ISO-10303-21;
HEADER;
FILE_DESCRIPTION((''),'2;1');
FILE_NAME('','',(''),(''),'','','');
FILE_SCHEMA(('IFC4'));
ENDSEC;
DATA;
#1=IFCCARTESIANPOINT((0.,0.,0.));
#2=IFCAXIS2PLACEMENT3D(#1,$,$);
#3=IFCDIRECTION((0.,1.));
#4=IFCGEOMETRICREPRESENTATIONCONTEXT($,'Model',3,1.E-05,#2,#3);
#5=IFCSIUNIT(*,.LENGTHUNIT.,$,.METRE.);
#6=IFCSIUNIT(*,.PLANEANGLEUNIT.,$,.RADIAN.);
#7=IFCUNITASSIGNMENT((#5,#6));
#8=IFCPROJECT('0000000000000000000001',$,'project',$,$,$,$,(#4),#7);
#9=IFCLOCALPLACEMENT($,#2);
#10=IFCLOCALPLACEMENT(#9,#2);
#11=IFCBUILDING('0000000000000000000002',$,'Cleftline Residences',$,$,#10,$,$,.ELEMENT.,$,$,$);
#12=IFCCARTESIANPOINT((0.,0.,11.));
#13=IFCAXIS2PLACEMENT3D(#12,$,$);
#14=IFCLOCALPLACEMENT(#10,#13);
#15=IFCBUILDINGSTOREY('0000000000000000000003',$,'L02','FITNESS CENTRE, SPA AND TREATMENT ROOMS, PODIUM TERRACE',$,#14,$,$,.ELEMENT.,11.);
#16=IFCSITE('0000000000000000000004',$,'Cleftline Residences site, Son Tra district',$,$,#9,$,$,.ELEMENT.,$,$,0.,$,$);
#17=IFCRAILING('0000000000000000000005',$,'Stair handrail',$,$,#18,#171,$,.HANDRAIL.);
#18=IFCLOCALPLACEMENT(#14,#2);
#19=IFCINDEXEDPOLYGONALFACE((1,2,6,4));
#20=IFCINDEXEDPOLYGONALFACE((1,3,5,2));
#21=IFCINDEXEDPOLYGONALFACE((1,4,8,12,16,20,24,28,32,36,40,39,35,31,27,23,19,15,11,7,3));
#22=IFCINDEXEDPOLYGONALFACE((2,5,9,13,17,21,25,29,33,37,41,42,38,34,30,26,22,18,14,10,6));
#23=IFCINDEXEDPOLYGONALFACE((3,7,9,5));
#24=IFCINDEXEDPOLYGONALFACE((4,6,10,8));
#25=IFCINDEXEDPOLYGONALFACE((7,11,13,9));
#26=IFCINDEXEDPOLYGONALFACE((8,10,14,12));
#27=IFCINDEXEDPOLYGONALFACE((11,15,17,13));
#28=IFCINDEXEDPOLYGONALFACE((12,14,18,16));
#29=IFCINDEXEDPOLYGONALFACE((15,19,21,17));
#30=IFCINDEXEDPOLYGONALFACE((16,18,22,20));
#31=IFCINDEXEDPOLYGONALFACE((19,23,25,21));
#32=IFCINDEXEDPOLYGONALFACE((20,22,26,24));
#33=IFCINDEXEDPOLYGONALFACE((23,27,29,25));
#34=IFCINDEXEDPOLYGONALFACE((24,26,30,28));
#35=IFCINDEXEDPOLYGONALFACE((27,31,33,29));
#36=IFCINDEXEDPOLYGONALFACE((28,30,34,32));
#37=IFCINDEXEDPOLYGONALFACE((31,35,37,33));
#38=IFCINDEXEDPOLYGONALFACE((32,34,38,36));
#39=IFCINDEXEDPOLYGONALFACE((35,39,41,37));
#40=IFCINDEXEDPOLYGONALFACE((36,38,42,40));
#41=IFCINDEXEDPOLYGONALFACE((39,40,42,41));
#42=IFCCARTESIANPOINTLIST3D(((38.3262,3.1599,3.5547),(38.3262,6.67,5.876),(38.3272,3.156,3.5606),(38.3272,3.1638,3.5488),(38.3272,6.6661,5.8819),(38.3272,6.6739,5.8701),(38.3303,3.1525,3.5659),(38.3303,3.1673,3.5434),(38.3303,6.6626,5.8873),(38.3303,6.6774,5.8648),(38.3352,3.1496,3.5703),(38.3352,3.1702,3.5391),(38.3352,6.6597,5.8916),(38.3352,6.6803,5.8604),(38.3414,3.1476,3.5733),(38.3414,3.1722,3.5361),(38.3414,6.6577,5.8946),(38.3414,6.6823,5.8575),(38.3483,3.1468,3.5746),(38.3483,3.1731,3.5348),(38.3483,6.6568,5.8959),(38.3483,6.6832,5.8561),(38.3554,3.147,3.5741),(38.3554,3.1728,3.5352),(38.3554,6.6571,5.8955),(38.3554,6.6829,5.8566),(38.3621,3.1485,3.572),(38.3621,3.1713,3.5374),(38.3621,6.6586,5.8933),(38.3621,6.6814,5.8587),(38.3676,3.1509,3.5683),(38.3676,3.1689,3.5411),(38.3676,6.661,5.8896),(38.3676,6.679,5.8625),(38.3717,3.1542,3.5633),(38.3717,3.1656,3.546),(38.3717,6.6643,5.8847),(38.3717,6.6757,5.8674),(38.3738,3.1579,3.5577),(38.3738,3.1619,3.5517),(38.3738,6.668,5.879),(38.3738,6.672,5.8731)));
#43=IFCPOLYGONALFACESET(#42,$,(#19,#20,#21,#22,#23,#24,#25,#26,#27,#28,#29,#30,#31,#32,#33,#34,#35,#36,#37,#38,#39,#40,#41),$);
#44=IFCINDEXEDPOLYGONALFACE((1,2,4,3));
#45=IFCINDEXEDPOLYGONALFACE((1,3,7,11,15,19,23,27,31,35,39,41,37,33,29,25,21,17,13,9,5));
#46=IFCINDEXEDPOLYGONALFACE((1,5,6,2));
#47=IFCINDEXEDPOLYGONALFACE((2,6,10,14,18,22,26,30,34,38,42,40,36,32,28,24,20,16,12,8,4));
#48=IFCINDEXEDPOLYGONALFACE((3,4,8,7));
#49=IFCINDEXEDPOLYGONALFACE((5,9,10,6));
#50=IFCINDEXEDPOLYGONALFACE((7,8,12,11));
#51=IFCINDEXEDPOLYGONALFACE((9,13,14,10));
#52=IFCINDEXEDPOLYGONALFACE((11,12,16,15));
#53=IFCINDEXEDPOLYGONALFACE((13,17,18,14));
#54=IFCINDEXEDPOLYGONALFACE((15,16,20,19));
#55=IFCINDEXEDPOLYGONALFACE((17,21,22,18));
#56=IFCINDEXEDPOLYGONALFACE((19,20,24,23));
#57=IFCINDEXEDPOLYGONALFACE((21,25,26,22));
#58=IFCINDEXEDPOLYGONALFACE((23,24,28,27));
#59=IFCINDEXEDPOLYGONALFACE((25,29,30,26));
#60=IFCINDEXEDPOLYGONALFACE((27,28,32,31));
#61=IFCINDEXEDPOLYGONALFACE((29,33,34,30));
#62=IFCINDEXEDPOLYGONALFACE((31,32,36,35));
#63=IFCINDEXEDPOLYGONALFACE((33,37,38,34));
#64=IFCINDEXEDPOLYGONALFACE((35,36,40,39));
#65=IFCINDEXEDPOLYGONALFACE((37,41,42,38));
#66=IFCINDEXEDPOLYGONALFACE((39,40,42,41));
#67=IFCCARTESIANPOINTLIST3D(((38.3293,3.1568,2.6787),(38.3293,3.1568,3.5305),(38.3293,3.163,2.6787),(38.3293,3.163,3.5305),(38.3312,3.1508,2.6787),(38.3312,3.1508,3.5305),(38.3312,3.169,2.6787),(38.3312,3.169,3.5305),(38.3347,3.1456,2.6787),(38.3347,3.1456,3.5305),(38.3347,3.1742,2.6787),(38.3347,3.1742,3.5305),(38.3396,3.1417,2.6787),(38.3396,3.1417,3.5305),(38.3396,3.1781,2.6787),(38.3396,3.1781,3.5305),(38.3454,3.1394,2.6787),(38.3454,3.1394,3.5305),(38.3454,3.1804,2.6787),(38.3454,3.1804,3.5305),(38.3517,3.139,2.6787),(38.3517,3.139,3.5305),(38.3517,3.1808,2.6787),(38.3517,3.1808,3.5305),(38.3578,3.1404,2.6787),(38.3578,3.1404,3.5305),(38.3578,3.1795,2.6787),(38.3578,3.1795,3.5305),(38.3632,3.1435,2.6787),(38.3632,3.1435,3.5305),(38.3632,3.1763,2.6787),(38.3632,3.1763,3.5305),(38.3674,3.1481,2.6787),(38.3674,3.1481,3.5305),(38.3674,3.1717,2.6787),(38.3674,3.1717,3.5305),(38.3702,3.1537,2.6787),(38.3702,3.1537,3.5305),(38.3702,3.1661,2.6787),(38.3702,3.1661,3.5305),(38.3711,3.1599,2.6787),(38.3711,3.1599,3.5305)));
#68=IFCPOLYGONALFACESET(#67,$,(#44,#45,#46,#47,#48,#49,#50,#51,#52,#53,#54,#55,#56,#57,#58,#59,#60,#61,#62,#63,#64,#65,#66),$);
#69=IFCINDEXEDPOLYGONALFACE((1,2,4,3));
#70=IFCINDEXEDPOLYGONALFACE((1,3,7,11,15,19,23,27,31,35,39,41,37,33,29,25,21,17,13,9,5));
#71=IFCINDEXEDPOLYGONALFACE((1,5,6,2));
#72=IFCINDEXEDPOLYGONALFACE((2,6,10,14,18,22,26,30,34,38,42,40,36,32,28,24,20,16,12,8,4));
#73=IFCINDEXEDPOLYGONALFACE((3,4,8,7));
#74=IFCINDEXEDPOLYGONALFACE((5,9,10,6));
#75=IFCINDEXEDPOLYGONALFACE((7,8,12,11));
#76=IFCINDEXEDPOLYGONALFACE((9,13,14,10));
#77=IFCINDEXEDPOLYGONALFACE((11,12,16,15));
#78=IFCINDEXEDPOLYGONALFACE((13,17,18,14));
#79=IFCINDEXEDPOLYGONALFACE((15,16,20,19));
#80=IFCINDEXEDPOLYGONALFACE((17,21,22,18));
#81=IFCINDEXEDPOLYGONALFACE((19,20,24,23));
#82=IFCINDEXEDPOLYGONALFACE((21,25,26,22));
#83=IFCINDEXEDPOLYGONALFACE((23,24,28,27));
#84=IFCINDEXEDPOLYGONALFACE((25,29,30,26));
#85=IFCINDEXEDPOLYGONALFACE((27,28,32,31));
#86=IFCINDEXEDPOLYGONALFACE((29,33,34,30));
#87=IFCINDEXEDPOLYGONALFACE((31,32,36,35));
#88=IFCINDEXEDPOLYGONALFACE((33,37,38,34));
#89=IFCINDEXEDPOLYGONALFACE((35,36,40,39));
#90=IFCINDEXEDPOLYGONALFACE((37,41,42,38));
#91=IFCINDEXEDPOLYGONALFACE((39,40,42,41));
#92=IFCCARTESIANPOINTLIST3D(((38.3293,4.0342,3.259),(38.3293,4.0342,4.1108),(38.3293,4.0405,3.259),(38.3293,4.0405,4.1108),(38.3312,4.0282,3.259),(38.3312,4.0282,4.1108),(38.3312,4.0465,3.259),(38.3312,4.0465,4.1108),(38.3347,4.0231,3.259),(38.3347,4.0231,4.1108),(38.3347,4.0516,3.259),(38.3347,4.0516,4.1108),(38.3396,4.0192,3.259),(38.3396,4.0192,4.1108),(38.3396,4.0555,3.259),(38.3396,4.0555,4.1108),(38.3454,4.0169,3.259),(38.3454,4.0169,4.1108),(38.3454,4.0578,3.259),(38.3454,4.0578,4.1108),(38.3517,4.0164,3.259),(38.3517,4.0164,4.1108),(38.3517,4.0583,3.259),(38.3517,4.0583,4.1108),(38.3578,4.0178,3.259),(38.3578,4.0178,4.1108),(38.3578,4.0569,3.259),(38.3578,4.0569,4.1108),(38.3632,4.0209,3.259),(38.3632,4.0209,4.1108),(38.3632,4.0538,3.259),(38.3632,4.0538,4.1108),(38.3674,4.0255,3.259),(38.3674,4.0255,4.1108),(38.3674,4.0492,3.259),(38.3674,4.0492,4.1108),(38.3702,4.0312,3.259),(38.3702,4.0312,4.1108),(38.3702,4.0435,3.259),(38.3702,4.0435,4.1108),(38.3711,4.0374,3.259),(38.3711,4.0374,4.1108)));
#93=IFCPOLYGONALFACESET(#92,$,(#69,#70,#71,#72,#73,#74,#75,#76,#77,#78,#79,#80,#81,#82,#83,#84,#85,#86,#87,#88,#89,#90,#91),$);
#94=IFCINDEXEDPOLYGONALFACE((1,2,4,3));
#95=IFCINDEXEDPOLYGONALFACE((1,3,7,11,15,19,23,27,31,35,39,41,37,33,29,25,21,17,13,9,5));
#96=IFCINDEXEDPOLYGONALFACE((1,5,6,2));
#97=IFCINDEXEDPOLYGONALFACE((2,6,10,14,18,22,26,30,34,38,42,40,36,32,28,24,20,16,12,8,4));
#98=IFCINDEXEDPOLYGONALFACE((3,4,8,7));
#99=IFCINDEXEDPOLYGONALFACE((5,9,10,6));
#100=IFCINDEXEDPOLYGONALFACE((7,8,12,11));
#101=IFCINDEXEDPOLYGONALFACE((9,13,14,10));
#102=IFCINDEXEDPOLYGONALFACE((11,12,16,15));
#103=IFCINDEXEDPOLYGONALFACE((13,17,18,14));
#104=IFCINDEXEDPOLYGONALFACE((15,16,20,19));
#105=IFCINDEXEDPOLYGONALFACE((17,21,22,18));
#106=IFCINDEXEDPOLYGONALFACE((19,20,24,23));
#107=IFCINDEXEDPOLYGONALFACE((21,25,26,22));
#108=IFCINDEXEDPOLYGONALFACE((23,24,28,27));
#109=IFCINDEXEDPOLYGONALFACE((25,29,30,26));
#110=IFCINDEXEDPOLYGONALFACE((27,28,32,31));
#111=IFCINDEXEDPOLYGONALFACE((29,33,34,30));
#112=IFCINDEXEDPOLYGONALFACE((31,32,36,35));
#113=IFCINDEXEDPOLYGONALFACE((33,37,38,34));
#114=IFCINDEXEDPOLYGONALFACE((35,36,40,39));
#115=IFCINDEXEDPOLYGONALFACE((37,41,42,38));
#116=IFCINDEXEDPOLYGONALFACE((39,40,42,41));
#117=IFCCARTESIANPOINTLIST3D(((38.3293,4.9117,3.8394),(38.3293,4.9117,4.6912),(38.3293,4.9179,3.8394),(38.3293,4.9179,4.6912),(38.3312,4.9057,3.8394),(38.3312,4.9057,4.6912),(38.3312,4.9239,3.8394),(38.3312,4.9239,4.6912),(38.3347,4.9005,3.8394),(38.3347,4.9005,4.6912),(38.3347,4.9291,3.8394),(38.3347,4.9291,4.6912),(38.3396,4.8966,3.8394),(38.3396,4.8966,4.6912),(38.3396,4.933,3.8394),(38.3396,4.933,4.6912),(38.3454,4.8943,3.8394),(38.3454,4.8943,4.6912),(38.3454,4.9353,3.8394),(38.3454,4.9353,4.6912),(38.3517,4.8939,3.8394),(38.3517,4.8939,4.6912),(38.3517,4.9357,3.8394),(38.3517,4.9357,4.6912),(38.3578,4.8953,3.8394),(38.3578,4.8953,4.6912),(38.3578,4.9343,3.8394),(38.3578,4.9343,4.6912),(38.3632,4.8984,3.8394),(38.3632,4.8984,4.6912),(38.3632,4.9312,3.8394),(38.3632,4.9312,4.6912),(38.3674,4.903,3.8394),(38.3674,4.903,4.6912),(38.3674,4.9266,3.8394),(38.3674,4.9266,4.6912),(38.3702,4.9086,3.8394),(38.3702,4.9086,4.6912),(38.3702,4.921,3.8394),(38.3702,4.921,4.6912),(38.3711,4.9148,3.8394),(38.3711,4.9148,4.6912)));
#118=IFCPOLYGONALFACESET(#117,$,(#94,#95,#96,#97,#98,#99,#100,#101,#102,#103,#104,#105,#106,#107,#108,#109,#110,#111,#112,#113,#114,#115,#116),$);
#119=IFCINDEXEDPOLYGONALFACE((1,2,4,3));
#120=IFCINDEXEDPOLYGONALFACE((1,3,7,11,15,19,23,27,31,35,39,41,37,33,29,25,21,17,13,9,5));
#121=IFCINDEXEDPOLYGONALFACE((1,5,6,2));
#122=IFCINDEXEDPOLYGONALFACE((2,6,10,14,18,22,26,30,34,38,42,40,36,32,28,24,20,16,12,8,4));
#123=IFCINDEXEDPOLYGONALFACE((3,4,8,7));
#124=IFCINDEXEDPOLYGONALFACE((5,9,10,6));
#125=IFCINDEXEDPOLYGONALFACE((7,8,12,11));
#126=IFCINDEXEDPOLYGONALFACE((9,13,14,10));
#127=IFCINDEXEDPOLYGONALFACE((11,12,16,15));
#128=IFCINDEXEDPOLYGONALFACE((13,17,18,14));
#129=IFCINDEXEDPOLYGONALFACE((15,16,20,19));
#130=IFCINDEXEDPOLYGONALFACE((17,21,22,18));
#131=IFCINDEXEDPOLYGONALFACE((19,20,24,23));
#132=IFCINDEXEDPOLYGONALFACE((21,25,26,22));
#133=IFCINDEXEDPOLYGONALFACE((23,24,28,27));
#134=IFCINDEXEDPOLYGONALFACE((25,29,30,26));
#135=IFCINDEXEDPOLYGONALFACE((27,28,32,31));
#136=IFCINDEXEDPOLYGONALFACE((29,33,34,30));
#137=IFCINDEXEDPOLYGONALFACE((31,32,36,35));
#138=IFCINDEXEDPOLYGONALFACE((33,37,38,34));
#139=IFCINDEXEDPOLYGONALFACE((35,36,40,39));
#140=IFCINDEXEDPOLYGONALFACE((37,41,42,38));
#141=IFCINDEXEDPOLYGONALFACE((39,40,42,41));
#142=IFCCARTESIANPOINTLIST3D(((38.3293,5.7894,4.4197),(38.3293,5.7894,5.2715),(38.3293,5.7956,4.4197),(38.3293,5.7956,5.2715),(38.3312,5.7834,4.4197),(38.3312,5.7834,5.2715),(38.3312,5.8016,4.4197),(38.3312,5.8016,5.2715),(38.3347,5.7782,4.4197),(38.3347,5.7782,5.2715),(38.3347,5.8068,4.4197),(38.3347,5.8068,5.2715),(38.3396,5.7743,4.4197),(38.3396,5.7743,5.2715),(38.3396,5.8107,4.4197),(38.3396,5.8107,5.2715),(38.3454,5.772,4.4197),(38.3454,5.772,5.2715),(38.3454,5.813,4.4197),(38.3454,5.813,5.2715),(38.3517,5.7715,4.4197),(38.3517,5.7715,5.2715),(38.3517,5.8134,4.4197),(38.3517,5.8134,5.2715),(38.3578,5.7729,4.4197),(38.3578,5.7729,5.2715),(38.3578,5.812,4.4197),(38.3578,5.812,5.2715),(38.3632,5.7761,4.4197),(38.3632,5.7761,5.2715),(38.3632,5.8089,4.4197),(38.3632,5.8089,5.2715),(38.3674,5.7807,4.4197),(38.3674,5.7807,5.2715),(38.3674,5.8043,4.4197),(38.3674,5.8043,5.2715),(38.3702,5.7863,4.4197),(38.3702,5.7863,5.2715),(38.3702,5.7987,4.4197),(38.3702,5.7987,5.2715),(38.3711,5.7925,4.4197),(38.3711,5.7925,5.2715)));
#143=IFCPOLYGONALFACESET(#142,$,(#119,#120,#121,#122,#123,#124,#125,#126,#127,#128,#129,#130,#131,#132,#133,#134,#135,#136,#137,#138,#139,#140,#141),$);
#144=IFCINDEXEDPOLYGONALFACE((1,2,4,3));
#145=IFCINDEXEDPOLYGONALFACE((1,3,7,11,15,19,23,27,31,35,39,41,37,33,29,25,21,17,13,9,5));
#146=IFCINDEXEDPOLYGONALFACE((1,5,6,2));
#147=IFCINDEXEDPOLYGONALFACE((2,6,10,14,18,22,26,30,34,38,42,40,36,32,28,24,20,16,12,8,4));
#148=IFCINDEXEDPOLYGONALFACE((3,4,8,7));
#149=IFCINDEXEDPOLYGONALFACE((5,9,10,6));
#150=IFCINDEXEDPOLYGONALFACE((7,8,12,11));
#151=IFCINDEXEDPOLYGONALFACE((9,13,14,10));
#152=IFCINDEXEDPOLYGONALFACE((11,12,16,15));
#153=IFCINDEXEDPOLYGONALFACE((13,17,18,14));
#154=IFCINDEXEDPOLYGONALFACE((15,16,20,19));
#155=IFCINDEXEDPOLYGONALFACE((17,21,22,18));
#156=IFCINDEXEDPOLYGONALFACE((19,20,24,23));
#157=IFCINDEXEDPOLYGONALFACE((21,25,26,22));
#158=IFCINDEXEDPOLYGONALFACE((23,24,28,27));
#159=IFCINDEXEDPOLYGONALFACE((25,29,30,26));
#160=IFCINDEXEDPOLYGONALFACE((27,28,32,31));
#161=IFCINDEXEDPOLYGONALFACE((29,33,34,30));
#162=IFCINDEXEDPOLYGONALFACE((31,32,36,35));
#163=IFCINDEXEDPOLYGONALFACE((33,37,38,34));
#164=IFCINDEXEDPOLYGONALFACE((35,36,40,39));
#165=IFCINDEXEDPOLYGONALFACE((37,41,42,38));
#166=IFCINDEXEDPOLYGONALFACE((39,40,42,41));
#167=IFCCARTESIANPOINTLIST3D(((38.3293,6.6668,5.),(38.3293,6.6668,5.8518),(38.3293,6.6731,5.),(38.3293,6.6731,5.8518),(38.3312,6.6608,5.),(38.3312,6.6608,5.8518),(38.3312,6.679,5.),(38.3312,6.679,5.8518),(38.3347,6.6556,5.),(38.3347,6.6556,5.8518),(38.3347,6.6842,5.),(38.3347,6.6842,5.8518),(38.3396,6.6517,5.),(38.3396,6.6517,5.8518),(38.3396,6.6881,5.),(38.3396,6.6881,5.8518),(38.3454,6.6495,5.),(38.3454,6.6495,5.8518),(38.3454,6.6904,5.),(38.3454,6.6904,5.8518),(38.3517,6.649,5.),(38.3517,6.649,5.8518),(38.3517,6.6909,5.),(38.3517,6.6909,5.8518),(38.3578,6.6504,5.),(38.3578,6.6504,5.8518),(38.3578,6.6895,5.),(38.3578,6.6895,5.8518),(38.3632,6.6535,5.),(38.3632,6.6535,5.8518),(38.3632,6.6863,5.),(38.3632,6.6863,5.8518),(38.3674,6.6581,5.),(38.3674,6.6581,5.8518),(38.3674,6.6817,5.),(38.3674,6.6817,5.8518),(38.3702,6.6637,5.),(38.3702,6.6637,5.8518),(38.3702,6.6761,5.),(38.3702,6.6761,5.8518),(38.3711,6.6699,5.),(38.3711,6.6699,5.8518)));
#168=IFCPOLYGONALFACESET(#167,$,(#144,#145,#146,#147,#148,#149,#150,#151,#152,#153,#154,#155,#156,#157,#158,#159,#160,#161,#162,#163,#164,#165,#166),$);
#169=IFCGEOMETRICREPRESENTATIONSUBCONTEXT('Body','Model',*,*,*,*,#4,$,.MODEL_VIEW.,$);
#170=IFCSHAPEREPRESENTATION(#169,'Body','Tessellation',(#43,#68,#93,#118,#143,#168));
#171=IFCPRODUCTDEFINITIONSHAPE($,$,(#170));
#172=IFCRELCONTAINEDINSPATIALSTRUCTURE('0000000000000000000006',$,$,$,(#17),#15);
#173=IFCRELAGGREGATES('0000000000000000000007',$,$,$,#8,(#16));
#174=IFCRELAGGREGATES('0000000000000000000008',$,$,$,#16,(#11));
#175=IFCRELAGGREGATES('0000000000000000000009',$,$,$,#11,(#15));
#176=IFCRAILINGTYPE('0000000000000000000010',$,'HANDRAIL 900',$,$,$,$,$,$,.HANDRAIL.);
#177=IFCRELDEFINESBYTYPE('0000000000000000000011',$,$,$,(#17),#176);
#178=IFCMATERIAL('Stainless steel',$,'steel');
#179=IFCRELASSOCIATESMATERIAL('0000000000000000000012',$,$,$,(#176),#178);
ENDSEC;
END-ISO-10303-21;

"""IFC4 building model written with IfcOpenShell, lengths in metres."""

from ifc_helpers import new_model, si_unit, direction, frame, origin, origin_2d, place, context, subcontext, project, spatial, circle, extrude, material, type_object, element, save


model = new_model("IFC4")

# Units and contexts
model_context = context("Model", 3, precision=1e-05, world=origin(), true_north=direction((0.0, 1.0)))
body_context = subcontext(model_context, "Body", "Model", "MODEL_VIEW")
ifc_project = project(units=[si_unit("LENGTHUNIT", "METRE"), si_unit("PLANEANGLEUNIT", "RADIAN")], contexts=[model_context])

# Site, building, storey
site_placement = place(None, origin())
site = spatial("IfcSite", under=ifc_project, at=site_placement, Name="Cleftline Residences site, Son Tra district", CompositionType="ELEMENT", RefElevation=0.0)
building_placement = place(site_placement, origin())
building = spatial("IfcBuilding", under=site, at=building_placement, Name="Cleftline Residences", CompositionType="ELEMENT")
storey_placement = place(building_placement, frame((0.0, 0.0, 11.0)))
storey = spatial("IfcBuildingStorey", under=building, at=storey_placement, Name="L02", Description="FITNESS CENTRE, SPA AND TREATMENT ROOMS, PODIUM TERRACE", CompositionType="ELEMENT", Elevation=11.0)

# Railing
ifc_material_1 = material(Name="Stainless steel", Category="steel")
railing_type = type_object("IfcRailingType", Name="HANDRAIL 900", PredefinedType="HANDRAIL", material=ifc_material_1)
railing_1_placement = place(storey_placement, frame((38.3501, 3.1599, 2.6787)))
element("IfcRailing", 1, at=railing_1_placement, inside=storey, type_object=railing_type, Name="Stair handrail", PredefinedType="HANDRAIL", context=body_context, shape_type="SweptSolid", body=[
    extrude(circle(Radius=0.0239, at=origin_2d()), frame((0.0, 0.0, 0.876), z_axis=(0.0, 0.834097, 0.551617), x_axis=(-1.0, 0.0, 0.0)), (0.0, 0.0, 1.0), 4.2083),
    extrude(circle(Radius=0.021, at=origin_2d()), origin(), (0.0, 0.0, 1.0), 0.8518),
    extrude(circle(Radius=0.021, at=origin_2d()), frame((0.0, 0.8774, 0.5803)), (0.0, 0.0, 1.0), 0.8518),
    extrude(circle(Radius=0.021, at=origin_2d()), frame((0.0, 1.7549, 1.1606)), (0.0, 0.0, 1.0), 0.8518),
    extrude(circle(Radius=0.021, at=origin_2d()), frame((0.0, 2.6326, 1.741)), (0.0, 0.0, 1.0), 0.8518),
    extrude(circle(Radius=0.021, at=origin_2d()), frame((0.0, 3.51, 2.3213)), (0.0, 0.0, 1.0), 0.8518),
])

save(model, "model.ifc")
